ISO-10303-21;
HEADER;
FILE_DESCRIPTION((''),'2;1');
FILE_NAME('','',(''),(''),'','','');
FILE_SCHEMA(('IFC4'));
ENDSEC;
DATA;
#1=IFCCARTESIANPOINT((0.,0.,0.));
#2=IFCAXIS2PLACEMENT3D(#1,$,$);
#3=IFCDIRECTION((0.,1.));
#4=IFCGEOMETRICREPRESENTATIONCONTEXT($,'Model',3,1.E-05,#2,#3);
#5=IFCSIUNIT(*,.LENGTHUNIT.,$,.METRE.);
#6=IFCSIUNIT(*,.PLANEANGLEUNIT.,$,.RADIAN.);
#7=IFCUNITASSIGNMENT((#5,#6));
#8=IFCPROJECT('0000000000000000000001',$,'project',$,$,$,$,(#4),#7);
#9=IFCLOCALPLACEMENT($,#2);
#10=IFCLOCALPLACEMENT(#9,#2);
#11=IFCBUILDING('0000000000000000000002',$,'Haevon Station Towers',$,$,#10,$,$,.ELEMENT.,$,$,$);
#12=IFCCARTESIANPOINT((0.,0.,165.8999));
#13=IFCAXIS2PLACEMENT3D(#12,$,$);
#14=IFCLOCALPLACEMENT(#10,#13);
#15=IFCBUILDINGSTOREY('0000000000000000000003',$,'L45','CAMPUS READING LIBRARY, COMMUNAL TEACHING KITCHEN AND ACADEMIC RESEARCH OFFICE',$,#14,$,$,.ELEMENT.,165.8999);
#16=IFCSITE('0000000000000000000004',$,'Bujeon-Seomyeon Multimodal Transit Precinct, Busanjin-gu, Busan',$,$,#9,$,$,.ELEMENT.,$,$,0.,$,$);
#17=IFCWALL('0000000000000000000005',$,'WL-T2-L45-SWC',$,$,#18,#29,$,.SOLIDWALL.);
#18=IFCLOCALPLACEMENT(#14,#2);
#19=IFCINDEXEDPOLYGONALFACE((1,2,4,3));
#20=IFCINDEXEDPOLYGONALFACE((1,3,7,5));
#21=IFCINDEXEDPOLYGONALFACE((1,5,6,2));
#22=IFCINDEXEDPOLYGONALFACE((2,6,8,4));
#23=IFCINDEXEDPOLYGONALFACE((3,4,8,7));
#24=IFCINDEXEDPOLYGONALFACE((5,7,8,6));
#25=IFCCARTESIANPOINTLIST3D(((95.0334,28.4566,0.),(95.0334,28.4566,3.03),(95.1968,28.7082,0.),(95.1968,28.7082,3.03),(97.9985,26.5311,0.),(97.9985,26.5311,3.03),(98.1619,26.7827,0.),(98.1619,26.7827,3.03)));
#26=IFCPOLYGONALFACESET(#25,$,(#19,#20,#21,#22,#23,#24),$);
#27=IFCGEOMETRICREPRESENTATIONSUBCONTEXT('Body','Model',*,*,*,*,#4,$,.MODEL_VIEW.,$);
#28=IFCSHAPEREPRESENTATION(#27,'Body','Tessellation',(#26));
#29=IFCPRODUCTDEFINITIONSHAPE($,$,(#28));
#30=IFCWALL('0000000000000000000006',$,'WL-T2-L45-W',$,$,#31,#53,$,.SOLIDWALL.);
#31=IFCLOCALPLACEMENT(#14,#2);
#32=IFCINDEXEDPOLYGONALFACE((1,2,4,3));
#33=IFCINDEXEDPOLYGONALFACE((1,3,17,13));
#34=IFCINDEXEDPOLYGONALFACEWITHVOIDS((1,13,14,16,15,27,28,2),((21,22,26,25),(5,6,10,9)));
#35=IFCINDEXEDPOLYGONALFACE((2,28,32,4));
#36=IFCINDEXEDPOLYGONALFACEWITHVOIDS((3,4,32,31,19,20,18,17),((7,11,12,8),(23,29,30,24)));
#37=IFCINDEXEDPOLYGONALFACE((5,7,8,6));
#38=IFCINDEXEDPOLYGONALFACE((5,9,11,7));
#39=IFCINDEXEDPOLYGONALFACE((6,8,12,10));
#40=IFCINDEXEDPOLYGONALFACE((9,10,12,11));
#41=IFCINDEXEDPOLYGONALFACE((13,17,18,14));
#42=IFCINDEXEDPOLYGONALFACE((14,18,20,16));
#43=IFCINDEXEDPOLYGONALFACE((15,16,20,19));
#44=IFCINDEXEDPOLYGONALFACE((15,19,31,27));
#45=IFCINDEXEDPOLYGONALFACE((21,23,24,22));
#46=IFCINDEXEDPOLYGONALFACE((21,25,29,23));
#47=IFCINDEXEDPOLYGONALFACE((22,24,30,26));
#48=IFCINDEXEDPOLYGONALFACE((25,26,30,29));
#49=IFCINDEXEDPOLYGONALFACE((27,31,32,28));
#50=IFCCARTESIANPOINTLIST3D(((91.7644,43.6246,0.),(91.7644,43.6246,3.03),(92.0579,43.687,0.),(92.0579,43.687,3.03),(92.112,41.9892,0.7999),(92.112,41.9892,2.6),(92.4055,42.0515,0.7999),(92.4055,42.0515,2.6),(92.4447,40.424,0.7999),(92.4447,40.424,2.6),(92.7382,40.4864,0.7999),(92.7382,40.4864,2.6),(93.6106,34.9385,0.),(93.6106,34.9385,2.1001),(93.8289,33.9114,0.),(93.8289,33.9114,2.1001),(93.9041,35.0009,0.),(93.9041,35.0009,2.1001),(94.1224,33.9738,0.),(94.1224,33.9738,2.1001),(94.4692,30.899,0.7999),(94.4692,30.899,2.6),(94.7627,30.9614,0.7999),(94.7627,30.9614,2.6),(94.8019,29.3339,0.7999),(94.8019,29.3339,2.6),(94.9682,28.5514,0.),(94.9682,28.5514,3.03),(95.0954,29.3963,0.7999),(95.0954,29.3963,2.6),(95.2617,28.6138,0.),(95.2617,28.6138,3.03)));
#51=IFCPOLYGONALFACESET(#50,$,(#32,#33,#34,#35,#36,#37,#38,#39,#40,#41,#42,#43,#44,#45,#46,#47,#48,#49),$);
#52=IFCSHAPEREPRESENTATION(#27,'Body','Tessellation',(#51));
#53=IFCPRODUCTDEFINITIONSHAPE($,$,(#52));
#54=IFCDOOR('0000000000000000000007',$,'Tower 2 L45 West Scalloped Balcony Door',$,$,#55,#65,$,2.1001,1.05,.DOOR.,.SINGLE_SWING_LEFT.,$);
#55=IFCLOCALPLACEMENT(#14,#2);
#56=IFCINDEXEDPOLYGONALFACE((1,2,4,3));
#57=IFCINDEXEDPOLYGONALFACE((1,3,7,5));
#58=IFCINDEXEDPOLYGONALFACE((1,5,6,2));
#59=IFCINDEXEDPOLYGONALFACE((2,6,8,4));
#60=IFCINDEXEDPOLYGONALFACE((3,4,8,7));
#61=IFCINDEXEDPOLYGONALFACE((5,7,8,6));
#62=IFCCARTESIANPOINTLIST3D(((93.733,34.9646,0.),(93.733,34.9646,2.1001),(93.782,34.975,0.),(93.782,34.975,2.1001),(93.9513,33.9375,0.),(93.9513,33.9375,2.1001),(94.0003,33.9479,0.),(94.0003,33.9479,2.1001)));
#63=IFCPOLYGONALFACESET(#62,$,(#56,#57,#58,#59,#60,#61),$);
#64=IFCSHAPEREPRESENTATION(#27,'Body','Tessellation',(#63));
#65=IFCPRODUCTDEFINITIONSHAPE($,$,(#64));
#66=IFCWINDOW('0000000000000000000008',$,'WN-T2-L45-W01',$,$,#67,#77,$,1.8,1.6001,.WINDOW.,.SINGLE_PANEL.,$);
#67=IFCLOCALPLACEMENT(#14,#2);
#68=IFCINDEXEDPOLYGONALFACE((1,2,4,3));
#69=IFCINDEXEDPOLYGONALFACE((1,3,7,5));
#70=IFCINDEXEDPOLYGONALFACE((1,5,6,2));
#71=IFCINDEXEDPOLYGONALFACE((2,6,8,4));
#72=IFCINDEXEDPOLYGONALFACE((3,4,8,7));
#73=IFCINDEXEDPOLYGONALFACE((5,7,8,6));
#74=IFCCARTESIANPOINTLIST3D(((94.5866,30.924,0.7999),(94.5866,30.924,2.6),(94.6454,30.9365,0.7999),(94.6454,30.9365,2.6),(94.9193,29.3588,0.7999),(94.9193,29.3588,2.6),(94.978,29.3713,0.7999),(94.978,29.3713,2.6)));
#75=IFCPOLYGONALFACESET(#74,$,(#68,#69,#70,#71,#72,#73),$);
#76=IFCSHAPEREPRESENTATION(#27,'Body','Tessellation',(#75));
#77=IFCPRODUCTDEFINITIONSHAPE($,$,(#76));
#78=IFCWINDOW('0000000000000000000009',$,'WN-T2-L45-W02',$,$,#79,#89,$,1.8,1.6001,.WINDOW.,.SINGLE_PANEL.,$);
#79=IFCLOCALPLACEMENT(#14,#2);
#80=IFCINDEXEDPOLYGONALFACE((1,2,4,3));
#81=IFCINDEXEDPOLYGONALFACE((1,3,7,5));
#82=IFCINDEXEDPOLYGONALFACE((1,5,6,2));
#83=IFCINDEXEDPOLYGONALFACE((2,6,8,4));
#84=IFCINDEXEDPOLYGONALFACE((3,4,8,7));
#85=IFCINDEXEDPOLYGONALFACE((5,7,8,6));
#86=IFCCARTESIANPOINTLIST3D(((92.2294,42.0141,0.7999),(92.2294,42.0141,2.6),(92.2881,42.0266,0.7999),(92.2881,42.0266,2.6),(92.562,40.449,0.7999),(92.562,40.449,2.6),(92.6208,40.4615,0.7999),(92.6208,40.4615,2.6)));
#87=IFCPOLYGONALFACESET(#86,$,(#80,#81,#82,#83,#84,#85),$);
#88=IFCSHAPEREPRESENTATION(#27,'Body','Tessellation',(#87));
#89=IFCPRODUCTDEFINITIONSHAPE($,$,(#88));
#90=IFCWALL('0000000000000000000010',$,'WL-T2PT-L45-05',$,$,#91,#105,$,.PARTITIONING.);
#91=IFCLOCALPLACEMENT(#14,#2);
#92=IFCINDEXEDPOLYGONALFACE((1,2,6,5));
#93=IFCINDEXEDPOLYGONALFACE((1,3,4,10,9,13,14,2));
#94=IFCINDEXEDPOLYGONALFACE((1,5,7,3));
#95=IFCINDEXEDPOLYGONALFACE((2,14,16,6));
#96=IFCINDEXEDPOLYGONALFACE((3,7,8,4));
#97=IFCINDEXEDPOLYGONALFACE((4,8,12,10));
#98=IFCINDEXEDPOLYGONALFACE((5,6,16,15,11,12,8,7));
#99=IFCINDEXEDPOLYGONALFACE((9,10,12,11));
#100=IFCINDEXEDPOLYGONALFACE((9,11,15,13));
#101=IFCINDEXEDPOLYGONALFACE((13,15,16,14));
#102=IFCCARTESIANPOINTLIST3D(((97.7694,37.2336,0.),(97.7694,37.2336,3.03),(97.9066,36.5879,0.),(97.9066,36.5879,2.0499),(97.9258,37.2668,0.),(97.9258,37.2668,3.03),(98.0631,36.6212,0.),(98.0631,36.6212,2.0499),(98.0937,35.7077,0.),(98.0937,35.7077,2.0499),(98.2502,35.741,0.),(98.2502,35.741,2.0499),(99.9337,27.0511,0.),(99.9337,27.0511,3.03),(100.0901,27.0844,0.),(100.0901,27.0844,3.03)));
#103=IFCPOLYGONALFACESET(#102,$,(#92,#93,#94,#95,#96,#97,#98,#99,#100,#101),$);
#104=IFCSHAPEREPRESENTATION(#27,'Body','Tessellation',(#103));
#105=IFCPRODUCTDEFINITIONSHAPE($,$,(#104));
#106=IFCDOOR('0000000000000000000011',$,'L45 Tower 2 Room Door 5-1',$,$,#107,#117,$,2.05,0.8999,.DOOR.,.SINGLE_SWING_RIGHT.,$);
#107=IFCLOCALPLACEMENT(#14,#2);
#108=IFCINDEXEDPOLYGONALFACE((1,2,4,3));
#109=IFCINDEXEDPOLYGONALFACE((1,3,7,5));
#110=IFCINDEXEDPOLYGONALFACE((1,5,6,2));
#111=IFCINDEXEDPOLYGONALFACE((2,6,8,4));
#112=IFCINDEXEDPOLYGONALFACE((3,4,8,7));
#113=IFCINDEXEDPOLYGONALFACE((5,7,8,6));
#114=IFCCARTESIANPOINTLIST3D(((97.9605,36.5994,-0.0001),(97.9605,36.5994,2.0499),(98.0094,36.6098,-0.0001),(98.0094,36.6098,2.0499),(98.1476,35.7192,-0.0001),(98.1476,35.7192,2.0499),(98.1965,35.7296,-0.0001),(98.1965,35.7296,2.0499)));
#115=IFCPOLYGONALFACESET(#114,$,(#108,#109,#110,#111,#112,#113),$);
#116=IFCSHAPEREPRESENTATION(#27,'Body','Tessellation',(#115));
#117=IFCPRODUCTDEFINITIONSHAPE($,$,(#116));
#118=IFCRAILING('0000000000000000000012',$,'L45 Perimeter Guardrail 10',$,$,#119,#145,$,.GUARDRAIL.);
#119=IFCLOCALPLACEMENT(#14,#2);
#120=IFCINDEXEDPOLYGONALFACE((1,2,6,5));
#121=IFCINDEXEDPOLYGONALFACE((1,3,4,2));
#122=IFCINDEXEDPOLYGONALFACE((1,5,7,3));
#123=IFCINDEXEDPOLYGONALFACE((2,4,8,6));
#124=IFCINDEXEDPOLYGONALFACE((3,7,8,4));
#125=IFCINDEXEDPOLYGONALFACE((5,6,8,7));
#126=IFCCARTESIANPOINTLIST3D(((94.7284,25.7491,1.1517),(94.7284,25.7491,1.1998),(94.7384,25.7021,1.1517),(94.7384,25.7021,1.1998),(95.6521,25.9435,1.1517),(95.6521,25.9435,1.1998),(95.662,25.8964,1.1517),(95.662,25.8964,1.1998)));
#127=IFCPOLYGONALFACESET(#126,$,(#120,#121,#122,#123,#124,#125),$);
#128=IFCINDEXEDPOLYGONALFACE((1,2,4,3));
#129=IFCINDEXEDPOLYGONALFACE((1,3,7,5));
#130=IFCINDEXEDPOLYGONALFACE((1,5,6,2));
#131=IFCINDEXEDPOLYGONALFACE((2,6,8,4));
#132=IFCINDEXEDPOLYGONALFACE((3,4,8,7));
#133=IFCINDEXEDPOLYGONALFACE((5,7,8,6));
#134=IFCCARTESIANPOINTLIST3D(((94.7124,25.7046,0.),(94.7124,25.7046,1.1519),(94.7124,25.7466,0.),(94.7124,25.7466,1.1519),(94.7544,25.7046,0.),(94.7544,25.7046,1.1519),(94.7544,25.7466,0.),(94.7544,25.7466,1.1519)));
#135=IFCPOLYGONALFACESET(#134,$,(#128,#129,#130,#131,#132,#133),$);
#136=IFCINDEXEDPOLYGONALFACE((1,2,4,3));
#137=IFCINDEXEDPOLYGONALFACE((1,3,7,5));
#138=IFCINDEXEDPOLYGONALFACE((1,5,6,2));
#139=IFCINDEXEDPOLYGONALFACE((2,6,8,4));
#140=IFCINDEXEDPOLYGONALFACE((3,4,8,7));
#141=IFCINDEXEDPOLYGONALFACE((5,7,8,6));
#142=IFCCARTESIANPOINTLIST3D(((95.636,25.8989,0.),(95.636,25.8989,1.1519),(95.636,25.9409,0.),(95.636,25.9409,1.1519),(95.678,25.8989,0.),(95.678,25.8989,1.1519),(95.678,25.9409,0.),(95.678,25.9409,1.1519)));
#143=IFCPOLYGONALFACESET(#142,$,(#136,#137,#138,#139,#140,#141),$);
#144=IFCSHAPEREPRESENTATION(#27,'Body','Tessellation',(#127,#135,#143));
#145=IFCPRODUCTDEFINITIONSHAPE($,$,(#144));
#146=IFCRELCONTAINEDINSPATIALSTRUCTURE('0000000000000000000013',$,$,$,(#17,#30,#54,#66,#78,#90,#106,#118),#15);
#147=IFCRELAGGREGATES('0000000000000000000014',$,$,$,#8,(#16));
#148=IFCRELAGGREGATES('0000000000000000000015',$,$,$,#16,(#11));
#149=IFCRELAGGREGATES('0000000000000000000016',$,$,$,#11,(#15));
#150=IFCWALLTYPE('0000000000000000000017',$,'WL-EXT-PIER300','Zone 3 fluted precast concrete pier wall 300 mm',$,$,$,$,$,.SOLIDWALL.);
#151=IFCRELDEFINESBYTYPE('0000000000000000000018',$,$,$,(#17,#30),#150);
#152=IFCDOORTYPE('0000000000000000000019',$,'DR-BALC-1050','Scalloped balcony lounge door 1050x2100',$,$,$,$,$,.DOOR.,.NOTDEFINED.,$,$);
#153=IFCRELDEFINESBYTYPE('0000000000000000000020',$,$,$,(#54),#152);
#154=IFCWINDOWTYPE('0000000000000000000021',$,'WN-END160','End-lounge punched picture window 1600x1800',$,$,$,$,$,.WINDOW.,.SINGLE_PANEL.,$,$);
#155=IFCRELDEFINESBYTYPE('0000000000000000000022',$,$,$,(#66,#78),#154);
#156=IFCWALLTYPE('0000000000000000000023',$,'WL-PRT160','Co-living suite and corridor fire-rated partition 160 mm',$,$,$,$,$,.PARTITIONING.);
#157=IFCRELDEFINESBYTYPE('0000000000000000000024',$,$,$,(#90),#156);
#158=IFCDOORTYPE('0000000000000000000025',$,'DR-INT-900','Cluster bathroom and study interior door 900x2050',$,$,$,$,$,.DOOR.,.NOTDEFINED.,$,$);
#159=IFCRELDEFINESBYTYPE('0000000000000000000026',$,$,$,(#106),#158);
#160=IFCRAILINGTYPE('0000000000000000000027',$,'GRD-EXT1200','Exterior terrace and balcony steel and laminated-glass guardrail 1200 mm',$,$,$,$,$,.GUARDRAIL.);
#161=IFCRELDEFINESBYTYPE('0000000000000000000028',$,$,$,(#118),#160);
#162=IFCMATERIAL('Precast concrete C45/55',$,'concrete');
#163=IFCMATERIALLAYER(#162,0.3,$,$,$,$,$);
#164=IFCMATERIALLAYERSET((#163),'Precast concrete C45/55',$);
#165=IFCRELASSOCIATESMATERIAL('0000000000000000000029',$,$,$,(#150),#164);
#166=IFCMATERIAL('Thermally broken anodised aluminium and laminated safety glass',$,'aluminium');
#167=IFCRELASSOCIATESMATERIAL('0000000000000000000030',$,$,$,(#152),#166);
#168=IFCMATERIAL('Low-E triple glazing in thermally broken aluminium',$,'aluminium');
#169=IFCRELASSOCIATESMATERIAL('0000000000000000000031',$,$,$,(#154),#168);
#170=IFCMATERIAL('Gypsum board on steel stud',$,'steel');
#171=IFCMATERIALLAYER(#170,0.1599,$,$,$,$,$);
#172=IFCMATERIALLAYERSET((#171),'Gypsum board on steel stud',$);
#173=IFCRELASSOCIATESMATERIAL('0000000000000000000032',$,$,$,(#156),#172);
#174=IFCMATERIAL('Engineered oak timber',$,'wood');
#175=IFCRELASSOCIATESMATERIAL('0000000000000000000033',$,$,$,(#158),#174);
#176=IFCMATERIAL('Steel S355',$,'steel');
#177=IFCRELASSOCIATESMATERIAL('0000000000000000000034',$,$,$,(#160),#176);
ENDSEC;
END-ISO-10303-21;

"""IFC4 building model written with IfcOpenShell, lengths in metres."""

from ifc_helpers import new_model, si_unit, direction, frame, frame_2d, origin, origin_2d, place, context, subcontext, project, spatial, rectangle, extrude, material, layer, layer_set, type_object, element, fill, save


model = new_model("IFC4")

# Units and contexts
model_context = context("Model", 3, precision=1e-05, world=origin(), true_north=direction((0.0, 1.0)))
body_context = subcontext(model_context, "Body", "Model", "MODEL_VIEW")
ifc_project = project(units=[si_unit("LENGTHUNIT", "METRE"), si_unit("PLANEANGLEUNIT", "RADIAN")], contexts=[model_context])

# Site, building, storey
site_placement = place(None, origin())
site = spatial("IfcSite", under=ifc_project, at=site_placement, Name="Bujeon-Seomyeon Multimodal Transit Precinct, Busanjin-gu, Busan", CompositionType="ELEMENT", RefElevation=0.0)
building_placement = place(site_placement, origin())
building = spatial("IfcBuilding", under=site, at=building_placement, Name="Haevon Station Towers", CompositionType="ELEMENT")
storey_placement = place(building_placement, frame((0.0, 0.0, 165.8999)))
storey = spatial("IfcBuildingStorey", under=building, at=storey_placement, Name="L45", Description="CAMPUS READING LIBRARY, COMMUNAL TEACHING KITCHEN AND ACADEMIC RESEARCH OFFICE", CompositionType="ELEMENT", Elevation=165.8999)

# Shared definitions
ifc_material_1 = material(Name="Steel S355", Category="steel")

# Wall
ifc_material_2 = material(Name="Precast concrete C45/55", Category="concrete")
ifc_layer_1 = layer(ifc_material_2, 0.3)
ifc_layer_set_1 = layer_set([ifc_layer_1], Name="Precast concrete C45/55")
wall_type_1 = type_object("IfcWallType", Name="WL-EXT-PIER300", Description="Zone 3 fluted precast concrete pier wall 300 mm", PredefinedType="SOLIDWALL", material=ifc_layer_set_1)
wall_1_placement = place(storey_placement, frame((98.0801, 26.657, 0.0), z_axis=(0.0, 0.0, 1.0), x_axis=(-0.838672, 0.544636, 0.0)))
element("IfcWall", 1, at=wall_1_placement, inside=storey, type_object=wall_type_1, Name="WL-T2-L45-SWC", PredefinedType="SOLIDWALL", context=body_context, shape_type="SweptSolid", body=[
    extrude(rectangle(XDim=3.5354, YDim=0.3, at=frame_2d((1.7676, 0.0))), origin(), (0.0, 0.0, 1.0), 3.03),
])

# Wall, openings, door, windows
wall_2_placement = place(storey_placement, frame((95.115, 28.5825, 0.0), z_axis=(0.0, 0.0, 1.0), x_axis=(-0.207908, 0.978148, 0.0)))
wall_2 = element("IfcWall", 2, at=wall_2_placement, inside=storey, type_object=wall_type_1, Name="WL-T2-L45-W", PredefinedType="SOLIDWALL", context=body_context, shape_type="SweptSolid", body=[
    extrude(rectangle(XDim=15.4099, YDim=0.3, at=frame_2d((7.7051, 0.0))), origin(), (0.0, 0.0, 1.0), 3.03),
])
opening_1_placement = place(wall_2_placement, frame((5.48, 0.0, 0.0)))
opening_1 = element("IfcOpeningElement", 3, at=opening_1_placement, cuts=wall_2, PredefinedType="OPENING", context=body_context, shape_type="SweptSolid", body=[
    extrude(rectangle(XDim=1.05, YDim=2.1001, at=frame_2d((0.5249, 1.05))), frame((0.0, 0.1599, 0.0), z_axis=(0.0, -1.0, 0.0), x_axis=(1.0, 0.0, 0.0)), (0.0, 0.0, 1.0), 0.3201),
])
opening_2_placement = place(wall_2_placement, frame((0.8, 0.0, 0.8)))
opening_2 = element("IfcOpeningElement", 4, at=opening_2_placement, cuts=wall_2, PredefinedType="OPENING", context=body_context, shape_type="SweptSolid", body=[
    extrude(rectangle(XDim=1.6001, YDim=1.8, at=frame_2d((0.8, 0.8999))), frame((0.0, 0.1599, 0.0), z_axis=(0.0, -1.0, 0.0), x_axis=(1.0, 0.0, 0.0)), (0.0, 0.0, 1.0), 0.3201),
])
opening_3_placement = place(wall_2_placement, frame((12.1379, 0.0, 0.8)))
opening_3 = element("IfcOpeningElement", 5, at=opening_3_placement, cuts=wall_2, PredefinedType="OPENING", context=body_context, shape_type="SweptSolid", body=[
    extrude(rectangle(XDim=1.6001, YDim=1.8, at=frame_2d((0.8, 0.8999))), frame((0.0, 0.1599, 0.0), z_axis=(0.0, -1.0, 0.0), x_axis=(1.0, 0.0, 0.0)), (0.0, 0.0, 1.0), 0.3201),
])
ifc_material_3 = material(Name="Thermally broken anodised aluminium and laminated safety glass", Category="aluminium")
door_type_1 = type_object("IfcDoorType", Name="DR-BALC-1050", Description="Scalloped balcony lounge door 1050x2100", OperationType="NOTDEFINED", PredefinedType="DOOR", material=ifc_material_3)
door_1_placement = place(opening_1_placement, origin())
door_1 = element("IfcDoor", 6, at=door_1_placement, inside=storey, type_object=door_type_1, Name="Tower 2 L45 West Scalloped Balcony Door", OperationType="SINGLE_SWING_LEFT", OverallHeight=2.1001, OverallWidth=1.05, PredefinedType="DOOR", context=body_context, shape_type="SweptSolid", body=[
    extrude(rectangle(XDim=1.05, YDim=2.1001, at=frame_2d((0.5249, 1.05))), frame((0.0, 0.0249, 0.0), z_axis=(0.0, -1.0, 0.0), x_axis=(1.0, 0.0, 0.0)), (0.0, 0.0, 1.0), 0.05),
])
fill(opening_1, door_1)
ifc_material_4 = material(Name="Low-E triple glazing in thermally broken aluminium", Category="aluminium")
window_type = type_object("IfcWindowType", Name="WN-END160", Description="End-lounge punched picture window 1600x1800", PartitioningType="SINGLE_PANEL", PredefinedType="WINDOW", material=ifc_material_4)
window_1_placement = place(opening_2_placement, origin())
window_1 = element("IfcWindow", 7, at=window_1_placement, inside=storey, type_object=window_type, Name="WN-T2-L45-W01", OverallHeight=1.8, OverallWidth=1.6001, PartitioningType="SINGLE_PANEL", PredefinedType="WINDOW", context=body_context, shape_type="SweptSolid", body=[
    extrude(rectangle(XDim=1.6001, YDim=1.8, at=frame_2d((0.8, 0.8999))), frame((0.0, 0.03, 0.0), z_axis=(0.0, -1.0, 0.0), x_axis=(1.0, 0.0, 0.0)), (0.0, 0.0, 1.0), 0.0601),
])
fill(opening_2, window_1)
window_2_placement = place(opening_3_placement, origin())
window_2 = element("IfcWindow", 8, at=window_2_placement, inside=storey, type_object=window_type, Name="WN-T2-L45-W02", OverallHeight=1.8, OverallWidth=1.6001, PartitioningType="SINGLE_PANEL", PredefinedType="WINDOW", context=body_context, shape_type="SweptSolid", body=[
    extrude(rectangle(XDim=1.6001, YDim=1.8, at=frame_2d((0.8, 0.8999))), frame((0.0, 0.03, 0.0), z_axis=(0.0, -1.0, 0.0), x_axis=(1.0, 0.0, 0.0)), (0.0, 0.0, 1.0), 0.0601),
])
fill(opening_3, window_2)

# Wall, opening, door
ifc_material_5 = material(Name="Gypsum board on steel stud", Category="steel")
ifc_layer_2 = layer(ifc_material_5, 0.1599)
ifc_layer_set_2 = layer_set([ifc_layer_2], Name="Gypsum board on steel stud")
wall_type_2 = type_object("IfcWallType", Name="WL-PRT160", Description="Co-living suite and corridor fire-rated partition 160 mm", PredefinedType="PARTITIONING", material=ifc_layer_set_2)
wall_3_placement = place(storey_placement, frame((100.012, 27.0676, 0.0), z_axis=(0.0, 0.0, 1.0), x_axis=(-0.20791, 0.978148, 0.0)))
wall_3 = element("IfcWall", 9, at=wall_3_placement, inside=storey, type_object=wall_type_2, Name="WL-T2PT-L45-05", PredefinedType="PARTITIONING", context=body_context, shape_type="SweptSolid", body=[
    extrude(rectangle(XDim=10.4099, YDim=0.1599, at=frame_2d((5.2051, 0.0))), origin(), (0.0, 0.0, 1.0), 3.03),
])
opening_4_placement = place(wall_3_placement, frame((8.8501, 0.0, 0.0)))
opening_4 = element("IfcOpeningElement", 10, at=opening_4_placement, cuts=wall_3, PredefinedType="OPENING", context=body_context, shape_type="SweptSolid", body=[
    extrude(rectangle(XDim=0.8999, YDim=2.05, at=frame_2d((0.45, 1.0249))), frame((0.0, 0.0898, 0.0), z_axis=(0.0, -1.0, 0.0), x_axis=(1.0, 0.0, 0.0)), (0.0, 0.0, 1.0), 0.1799),
])
ifc_material_6 = material(Name="Engineered oak timber", Category="wood")
door_type_2 = type_object("IfcDoorType", Name="DR-INT-900", Description="Cluster bathroom and study interior door 900x2050", OperationType="NOTDEFINED", PredefinedType="DOOR", material=ifc_material_6)
door_2_placement = place(opening_4_placement, origin())
door_2 = element("IfcDoor", 11, at=door_2_placement, inside=storey, type_object=door_type_2, Name="L45 Tower 2 Room Door 5-1", OperationType="SINGLE_SWING_RIGHT", OverallHeight=2.05, OverallWidth=0.8999, PredefinedType="DOOR", context=body_context, shape_type="SweptSolid", body=[
    extrude(rectangle(XDim=0.8999, YDim=2.05, at=frame_2d((0.45, 1.0249))), frame((0.0, 0.0249, 0.0), z_axis=(0.0, -1.0, 0.0), x_axis=(1.0, 0.0, 0.0)), (0.0, 0.0, 1.0), 0.05),
])
fill(opening_4, door_2)

# Railing
railing_type = type_object("IfcRailingType", Name="GRD-EXT1200", Description="Exterior terrace and balcony steel and laminated-glass guardrail 1200 mm", PredefinedType="GUARDRAIL", material=ifc_material_1)
railing_placement = place(storey_placement, frame((94.7334, 25.7256, 0.0)))
element("IfcRailing", 12, at=railing_placement, inside=storey, type_object=railing_type, Name="L45 Perimeter Guardrail 10", PredefinedType="GUARDRAIL", context=body_context, shape_type="SweptSolid", body=[
    extrude(rectangle(XDim=0.0481, YDim=0.0481, at=origin_2d()), frame((0.0, 0.0, 1.1758), z_axis=(0.978572, 0.205906, 0.0), x_axis=(-0.205906, 0.978572, 0.0)), (0.0, 0.0, 1.0), 0.9438),
    extrude(rectangle(XDim=0.042, YDim=0.042, at=origin_2d()), origin(), (0.0, 0.0, 1.0), 1.1519),
    extrude(rectangle(XDim=0.042, YDim=0.042, at=origin_2d()), frame((0.9236, 0.1943, 0.0)), (0.0, 0.0, 1.0), 1.1519),
])

save(model, "model.ifc")
